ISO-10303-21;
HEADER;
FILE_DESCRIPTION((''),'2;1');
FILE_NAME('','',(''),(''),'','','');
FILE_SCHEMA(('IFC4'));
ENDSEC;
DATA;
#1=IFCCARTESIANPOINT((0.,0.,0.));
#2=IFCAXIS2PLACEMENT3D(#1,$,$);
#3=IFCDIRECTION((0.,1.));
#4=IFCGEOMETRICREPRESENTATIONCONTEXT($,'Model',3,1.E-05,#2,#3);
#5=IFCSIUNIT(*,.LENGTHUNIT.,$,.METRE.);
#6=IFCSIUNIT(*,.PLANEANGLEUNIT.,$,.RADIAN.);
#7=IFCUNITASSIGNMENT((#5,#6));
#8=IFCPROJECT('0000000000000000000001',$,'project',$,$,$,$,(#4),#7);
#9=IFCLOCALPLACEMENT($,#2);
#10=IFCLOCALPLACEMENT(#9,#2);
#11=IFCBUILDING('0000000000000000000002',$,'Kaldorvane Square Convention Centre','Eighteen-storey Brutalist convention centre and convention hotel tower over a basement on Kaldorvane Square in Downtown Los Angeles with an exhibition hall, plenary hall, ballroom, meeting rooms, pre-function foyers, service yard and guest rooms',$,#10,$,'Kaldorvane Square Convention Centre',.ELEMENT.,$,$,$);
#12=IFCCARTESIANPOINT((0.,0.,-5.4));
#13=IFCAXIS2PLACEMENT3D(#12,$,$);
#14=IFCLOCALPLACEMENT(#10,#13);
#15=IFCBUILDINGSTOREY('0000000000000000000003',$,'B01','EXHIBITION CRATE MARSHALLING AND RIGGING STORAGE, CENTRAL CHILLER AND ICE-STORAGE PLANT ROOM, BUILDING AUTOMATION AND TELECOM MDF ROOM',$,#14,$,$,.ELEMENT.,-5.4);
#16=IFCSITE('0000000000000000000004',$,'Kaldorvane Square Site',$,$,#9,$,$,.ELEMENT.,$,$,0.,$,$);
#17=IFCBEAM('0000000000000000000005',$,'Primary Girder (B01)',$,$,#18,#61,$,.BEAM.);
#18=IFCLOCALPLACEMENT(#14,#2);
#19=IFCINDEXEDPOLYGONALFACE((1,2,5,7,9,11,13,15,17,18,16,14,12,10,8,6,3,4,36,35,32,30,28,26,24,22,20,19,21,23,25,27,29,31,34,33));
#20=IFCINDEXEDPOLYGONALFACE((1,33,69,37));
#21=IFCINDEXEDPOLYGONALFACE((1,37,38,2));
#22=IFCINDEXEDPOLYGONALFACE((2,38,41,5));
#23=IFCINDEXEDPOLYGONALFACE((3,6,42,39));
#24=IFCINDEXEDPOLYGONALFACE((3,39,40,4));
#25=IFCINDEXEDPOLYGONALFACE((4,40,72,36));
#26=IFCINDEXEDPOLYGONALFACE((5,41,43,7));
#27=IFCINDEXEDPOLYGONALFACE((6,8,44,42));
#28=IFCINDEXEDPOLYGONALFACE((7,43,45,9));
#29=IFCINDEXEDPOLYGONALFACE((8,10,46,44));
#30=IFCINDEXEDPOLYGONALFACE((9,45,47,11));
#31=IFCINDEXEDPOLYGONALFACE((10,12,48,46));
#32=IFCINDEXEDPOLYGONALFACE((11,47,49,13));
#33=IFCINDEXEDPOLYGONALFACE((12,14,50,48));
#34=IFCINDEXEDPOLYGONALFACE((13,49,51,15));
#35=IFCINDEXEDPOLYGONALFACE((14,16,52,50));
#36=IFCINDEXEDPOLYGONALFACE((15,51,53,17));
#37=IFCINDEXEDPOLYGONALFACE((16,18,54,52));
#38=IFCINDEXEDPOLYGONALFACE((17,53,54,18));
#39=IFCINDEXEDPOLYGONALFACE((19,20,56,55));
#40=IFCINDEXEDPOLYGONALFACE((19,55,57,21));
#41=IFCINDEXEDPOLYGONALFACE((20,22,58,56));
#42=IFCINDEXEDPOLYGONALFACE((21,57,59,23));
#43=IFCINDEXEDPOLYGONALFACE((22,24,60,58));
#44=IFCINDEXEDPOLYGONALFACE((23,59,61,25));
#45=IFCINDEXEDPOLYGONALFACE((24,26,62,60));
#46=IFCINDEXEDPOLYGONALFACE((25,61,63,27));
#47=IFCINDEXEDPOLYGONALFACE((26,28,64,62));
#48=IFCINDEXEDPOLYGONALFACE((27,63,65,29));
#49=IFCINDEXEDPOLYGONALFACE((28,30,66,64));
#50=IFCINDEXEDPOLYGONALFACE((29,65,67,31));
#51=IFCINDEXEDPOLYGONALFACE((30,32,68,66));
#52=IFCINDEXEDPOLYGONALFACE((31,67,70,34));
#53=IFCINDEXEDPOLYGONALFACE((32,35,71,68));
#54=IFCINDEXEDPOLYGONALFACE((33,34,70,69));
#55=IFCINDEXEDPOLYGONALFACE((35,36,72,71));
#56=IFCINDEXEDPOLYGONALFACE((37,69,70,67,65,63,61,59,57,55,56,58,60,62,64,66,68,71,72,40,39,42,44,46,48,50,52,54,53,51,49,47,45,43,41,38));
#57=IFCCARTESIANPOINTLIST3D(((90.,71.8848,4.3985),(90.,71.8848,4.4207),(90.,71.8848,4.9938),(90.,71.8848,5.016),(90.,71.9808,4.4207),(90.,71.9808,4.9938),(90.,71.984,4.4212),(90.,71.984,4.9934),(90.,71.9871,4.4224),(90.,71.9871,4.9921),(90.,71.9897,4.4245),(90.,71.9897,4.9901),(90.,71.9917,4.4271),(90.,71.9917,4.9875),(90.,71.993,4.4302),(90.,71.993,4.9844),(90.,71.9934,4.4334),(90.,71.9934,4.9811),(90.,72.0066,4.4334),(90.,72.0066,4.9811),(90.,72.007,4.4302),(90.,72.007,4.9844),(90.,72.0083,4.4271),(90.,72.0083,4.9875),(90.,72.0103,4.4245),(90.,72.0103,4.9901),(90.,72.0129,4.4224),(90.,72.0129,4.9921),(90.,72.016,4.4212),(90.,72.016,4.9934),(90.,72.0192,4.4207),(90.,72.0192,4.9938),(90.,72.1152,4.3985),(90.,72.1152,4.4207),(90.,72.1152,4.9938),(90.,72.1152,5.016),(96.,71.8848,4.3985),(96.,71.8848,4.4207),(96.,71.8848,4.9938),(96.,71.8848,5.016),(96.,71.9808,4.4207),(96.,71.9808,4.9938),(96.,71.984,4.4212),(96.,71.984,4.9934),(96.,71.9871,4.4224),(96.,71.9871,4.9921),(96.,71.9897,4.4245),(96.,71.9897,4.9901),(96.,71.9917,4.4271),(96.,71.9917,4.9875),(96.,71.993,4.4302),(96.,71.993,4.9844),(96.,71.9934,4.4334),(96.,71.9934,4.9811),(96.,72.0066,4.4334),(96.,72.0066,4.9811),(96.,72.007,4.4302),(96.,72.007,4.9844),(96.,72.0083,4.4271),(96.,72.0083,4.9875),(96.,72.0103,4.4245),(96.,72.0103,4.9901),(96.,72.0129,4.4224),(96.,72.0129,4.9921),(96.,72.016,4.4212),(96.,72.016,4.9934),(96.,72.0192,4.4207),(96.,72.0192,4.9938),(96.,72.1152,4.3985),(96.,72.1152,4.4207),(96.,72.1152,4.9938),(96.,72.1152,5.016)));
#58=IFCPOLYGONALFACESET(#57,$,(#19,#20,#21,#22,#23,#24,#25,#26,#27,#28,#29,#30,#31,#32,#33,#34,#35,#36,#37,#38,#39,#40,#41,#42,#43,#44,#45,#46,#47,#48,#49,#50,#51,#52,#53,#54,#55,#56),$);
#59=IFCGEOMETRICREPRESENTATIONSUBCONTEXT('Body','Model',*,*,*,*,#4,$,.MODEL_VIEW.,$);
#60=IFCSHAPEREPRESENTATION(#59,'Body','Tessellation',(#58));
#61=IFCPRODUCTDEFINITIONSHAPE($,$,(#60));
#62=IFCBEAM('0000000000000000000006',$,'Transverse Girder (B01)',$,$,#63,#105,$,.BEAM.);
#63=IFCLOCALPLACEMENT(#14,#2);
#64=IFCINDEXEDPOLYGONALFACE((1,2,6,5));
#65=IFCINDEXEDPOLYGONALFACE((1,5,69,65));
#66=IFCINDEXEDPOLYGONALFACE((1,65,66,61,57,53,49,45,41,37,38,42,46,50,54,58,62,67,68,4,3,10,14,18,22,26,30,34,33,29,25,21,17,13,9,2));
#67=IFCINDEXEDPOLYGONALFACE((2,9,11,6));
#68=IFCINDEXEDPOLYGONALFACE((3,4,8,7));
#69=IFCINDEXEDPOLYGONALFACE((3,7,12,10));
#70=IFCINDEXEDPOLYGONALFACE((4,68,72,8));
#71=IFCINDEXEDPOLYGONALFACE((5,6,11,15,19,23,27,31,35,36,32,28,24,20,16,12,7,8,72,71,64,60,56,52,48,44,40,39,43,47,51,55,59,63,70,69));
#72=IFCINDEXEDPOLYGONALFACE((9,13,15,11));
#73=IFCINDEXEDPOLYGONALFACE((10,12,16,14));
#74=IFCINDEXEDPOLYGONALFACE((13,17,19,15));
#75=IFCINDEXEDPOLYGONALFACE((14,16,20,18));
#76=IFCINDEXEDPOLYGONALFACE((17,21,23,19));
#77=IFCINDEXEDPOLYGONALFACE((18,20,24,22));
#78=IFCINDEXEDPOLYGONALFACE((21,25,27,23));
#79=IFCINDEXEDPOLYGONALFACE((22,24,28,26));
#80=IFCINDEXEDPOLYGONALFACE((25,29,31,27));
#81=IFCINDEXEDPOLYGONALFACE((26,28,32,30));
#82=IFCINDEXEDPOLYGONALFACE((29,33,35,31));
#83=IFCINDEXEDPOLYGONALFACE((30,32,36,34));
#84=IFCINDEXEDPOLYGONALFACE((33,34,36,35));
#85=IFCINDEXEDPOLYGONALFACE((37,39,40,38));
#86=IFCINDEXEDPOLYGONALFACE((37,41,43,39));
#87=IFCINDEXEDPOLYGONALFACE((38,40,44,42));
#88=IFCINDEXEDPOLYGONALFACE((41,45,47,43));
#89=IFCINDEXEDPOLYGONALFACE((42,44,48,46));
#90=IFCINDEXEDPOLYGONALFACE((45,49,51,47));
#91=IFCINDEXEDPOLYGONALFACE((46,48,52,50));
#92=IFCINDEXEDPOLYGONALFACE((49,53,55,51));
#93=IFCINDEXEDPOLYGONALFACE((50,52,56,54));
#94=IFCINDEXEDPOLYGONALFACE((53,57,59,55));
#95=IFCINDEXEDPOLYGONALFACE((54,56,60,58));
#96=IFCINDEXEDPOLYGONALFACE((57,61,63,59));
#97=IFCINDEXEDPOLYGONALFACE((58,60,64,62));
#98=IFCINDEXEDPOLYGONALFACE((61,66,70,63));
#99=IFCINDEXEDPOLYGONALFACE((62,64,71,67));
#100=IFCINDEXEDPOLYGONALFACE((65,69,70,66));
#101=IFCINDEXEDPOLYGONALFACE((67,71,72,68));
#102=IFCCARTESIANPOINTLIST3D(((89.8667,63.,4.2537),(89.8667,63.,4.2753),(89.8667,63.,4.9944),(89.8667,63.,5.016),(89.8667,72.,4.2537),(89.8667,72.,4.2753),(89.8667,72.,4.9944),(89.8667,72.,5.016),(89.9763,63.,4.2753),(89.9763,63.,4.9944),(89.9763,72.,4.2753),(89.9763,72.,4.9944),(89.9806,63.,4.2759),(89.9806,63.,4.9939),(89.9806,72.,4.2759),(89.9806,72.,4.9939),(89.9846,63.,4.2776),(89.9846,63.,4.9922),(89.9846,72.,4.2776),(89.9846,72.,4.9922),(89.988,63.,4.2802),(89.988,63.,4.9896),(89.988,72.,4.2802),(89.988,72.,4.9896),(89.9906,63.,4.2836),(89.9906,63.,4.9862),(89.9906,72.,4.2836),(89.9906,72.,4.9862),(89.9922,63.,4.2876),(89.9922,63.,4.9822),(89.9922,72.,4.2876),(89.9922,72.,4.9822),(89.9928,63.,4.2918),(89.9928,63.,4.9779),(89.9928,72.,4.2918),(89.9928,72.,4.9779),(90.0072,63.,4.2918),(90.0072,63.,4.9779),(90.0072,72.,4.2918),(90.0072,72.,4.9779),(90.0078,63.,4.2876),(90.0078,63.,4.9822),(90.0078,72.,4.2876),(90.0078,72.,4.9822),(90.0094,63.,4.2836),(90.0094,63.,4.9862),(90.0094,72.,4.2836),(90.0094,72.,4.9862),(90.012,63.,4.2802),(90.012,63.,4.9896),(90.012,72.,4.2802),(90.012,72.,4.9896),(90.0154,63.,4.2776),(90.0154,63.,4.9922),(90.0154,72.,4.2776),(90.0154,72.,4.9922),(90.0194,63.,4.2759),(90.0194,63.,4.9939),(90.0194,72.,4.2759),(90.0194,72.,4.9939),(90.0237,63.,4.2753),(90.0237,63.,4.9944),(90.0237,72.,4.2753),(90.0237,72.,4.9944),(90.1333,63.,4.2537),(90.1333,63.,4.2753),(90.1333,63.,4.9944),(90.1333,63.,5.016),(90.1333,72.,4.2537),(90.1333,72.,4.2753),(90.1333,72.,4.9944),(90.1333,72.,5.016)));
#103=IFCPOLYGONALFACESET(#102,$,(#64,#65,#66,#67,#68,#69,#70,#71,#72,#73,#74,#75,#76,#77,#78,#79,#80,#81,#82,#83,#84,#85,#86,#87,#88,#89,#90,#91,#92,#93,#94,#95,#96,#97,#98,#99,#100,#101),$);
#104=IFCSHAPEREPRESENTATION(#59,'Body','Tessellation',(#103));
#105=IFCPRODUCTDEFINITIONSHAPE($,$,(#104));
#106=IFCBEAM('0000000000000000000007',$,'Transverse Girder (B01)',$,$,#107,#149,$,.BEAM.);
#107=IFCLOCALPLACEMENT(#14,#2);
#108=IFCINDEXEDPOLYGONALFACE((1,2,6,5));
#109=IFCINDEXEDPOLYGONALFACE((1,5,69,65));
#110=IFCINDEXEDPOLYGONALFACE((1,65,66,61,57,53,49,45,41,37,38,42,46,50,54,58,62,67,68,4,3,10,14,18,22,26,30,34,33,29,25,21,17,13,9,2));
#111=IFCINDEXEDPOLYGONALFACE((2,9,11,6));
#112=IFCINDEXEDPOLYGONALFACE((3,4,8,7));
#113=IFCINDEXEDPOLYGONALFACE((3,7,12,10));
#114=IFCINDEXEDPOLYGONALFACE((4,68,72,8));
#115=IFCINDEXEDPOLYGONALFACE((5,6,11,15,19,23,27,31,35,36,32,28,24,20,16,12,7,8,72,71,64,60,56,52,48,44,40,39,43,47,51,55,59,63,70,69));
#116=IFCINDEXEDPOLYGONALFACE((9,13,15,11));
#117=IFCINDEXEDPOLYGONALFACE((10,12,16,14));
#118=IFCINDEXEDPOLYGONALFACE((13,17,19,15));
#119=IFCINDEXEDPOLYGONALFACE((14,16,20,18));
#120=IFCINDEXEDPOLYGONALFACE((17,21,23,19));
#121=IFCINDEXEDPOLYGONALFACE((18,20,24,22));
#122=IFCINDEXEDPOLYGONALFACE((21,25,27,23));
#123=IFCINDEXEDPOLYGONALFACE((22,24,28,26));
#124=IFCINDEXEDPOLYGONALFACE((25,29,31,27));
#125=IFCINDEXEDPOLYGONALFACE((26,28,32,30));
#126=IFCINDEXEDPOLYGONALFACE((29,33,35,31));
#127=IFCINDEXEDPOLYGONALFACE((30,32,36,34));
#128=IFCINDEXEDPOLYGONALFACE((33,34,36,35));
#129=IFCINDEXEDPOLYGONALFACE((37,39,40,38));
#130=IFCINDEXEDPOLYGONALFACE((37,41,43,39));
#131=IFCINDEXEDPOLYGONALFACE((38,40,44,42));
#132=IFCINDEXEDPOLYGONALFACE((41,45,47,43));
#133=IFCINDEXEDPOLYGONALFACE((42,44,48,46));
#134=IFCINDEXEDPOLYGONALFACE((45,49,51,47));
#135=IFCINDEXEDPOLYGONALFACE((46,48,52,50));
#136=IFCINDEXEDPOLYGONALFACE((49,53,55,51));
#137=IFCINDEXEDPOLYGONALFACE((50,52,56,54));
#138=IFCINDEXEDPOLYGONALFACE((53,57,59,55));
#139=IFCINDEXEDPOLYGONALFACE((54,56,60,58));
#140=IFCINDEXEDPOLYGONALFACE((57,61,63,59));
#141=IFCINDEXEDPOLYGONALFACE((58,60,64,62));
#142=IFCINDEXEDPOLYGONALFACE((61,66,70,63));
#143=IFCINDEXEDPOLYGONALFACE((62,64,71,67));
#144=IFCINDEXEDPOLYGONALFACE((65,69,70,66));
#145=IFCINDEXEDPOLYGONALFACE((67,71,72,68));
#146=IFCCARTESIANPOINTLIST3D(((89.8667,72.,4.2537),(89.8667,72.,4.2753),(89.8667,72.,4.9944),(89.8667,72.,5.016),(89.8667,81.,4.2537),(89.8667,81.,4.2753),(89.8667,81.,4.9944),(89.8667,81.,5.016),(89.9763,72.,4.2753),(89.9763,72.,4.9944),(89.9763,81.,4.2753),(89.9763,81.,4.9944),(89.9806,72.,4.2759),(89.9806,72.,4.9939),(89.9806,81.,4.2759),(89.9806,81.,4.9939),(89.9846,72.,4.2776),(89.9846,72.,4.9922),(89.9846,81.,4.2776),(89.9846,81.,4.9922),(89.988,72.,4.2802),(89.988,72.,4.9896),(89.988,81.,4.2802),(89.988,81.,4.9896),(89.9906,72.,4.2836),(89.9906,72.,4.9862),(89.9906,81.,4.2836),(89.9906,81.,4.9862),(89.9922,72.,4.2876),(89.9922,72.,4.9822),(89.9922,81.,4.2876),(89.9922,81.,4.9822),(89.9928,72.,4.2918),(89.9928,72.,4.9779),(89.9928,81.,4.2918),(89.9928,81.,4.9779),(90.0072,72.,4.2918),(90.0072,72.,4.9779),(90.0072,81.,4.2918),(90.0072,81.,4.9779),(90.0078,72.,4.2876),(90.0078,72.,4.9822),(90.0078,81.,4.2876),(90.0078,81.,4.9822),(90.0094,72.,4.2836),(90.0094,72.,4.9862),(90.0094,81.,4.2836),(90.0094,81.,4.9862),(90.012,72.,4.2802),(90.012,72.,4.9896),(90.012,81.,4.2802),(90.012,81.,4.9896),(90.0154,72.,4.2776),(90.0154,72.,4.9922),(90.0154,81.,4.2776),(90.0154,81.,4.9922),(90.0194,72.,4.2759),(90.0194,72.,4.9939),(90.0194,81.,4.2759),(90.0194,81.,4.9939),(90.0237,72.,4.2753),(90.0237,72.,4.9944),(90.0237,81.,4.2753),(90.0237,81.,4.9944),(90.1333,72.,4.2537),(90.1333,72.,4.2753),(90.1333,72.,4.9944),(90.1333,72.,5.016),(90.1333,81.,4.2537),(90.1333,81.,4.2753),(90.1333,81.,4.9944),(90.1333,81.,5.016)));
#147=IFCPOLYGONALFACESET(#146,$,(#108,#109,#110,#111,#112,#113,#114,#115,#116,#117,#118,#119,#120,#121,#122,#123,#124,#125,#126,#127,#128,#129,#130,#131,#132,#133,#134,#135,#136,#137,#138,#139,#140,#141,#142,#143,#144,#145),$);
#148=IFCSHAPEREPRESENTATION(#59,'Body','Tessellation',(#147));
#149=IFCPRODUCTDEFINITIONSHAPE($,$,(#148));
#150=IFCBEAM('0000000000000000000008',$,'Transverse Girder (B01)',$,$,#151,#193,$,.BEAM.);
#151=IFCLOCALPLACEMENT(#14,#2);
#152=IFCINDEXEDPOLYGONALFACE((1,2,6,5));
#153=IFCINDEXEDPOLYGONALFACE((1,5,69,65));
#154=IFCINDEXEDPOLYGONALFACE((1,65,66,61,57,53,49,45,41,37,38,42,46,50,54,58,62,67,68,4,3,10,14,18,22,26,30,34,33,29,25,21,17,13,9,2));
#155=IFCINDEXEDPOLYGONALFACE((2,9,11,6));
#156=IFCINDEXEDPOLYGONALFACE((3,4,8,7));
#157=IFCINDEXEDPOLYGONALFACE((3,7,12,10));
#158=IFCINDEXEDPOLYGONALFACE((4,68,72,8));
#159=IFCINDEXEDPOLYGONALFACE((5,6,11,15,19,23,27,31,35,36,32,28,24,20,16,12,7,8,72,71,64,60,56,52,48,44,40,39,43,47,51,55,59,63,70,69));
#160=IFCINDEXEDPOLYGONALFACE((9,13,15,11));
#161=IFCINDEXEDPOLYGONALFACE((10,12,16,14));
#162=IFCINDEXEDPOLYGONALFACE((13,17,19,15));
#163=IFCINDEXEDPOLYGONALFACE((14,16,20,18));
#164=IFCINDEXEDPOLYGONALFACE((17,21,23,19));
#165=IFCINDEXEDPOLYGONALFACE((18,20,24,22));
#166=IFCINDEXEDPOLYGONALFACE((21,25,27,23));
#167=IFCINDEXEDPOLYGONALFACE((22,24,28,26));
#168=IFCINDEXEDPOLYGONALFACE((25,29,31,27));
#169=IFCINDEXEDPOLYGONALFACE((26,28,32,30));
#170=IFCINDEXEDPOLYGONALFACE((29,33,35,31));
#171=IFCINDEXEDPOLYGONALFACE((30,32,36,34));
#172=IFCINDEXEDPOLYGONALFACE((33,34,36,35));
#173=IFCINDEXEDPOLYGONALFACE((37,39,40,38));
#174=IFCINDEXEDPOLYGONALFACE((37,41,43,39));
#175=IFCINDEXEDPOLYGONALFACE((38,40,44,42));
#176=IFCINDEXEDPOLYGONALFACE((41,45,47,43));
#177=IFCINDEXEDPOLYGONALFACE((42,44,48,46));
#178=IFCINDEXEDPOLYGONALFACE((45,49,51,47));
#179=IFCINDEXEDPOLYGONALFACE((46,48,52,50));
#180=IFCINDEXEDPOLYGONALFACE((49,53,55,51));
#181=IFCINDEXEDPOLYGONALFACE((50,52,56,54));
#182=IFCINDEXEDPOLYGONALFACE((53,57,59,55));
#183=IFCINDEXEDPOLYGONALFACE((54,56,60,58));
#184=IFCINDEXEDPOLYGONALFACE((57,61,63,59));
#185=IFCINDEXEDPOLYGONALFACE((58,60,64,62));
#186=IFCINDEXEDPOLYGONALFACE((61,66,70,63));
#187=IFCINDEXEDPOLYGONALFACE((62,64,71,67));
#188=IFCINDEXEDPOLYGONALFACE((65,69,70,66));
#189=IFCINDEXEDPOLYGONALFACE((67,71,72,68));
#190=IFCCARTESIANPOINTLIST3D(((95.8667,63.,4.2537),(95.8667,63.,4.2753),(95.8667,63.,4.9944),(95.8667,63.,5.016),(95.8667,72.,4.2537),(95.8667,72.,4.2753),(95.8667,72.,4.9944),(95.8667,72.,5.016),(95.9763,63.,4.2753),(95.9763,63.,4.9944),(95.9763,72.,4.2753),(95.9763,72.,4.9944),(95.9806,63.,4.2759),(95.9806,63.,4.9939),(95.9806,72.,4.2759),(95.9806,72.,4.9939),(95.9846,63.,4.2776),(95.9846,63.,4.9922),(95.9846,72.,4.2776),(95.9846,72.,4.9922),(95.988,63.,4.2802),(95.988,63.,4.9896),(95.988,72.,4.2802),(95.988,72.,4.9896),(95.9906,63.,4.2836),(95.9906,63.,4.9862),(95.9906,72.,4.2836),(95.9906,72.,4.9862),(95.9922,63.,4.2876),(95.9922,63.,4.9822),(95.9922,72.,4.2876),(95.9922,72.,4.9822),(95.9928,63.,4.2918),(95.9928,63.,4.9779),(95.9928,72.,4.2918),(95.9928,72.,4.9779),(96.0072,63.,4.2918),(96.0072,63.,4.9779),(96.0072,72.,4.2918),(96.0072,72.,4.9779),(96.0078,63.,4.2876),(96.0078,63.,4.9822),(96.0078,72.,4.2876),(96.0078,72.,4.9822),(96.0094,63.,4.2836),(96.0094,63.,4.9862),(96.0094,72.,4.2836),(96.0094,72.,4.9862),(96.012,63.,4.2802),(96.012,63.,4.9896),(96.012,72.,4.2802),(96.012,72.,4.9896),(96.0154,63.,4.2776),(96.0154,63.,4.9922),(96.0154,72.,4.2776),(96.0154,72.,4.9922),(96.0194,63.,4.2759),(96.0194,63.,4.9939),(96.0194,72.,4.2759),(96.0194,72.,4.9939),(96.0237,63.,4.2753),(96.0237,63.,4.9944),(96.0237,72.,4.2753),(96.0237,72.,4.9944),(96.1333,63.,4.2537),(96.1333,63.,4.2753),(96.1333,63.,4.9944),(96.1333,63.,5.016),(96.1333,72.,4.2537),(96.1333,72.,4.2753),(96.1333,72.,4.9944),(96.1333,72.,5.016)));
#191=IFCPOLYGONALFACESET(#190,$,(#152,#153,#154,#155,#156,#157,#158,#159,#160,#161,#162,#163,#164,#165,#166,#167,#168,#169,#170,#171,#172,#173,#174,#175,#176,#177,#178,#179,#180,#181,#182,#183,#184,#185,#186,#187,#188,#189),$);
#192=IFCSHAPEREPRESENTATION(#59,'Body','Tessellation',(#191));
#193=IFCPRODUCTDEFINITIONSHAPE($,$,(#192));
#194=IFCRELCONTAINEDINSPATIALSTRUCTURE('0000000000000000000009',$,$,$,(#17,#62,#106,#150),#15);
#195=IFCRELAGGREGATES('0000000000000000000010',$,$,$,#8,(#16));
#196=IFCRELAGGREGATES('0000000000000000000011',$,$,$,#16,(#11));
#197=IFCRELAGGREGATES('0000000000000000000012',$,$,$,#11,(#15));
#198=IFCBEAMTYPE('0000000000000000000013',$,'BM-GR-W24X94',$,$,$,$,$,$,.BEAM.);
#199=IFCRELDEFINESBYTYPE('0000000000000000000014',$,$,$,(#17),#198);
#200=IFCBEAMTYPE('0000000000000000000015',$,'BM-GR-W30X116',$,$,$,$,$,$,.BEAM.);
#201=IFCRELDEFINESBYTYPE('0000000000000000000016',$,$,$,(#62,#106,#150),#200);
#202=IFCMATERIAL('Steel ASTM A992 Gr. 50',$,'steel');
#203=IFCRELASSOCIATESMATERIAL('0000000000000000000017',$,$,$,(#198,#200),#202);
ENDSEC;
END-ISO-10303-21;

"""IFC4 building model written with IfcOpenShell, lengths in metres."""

from ifc_helpers import new_model, si_unit, direction, frame, origin, origin_2d, place, context, subcontext, project, spatial, i_section, extrude, material, material_profile, profile_set, type_object, element, save


model = new_model("IFC4")

# Units and contexts
model_context = context("Model", 3, precision=1e-05, world=origin(), true_north=direction((0.0, 1.0)))
body_context = subcontext(model_context, "Body", "Model", "MODEL_VIEW")
ifc_project = project(units=[si_unit("LENGTHUNIT", "METRE"), si_unit("PLANEANGLEUNIT", "RADIAN")], contexts=[model_context])

# Site, building, storey
site_placement = place(None, origin())
site = spatial("IfcSite", under=ifc_project, at=site_placement, Name="Kaldorvane Square Site", CompositionType="ELEMENT", RefElevation=0.0)
building_placement = place(site_placement, origin())
building = spatial("IfcBuilding", under=site, at=building_placement, Name="Kaldorvane Square Convention Centre", Description="Eighteen-storey Brutalist convention centre and convention hotel tower over a basement on Kaldorvane Square in Downtown Los Angeles with an exhibition hall, plenary hall, ballroom, meeting rooms, pre-function foyers, service yard and guest rooms", LongName="Kaldorvane Square Convention Centre", CompositionType="ELEMENT")
storey_placement = place(building_placement, frame((0.0, 0.0, -5.4)))
storey = spatial("IfcBuildingStorey", under=building, at=storey_placement, Name="B01", Description="EXHIBITION CRATE MARSHALLING AND RIGGING STORAGE, CENTRAL CHILLER AND ICE-STORAGE PLANT ROOM, BUILDING AUTOMATION AND TELECOM MDF ROOM", CompositionType="ELEMENT", Elevation=-5.4)

# Shared definitions
ifc_material_1 = material(Name="Steel ASTM A992 Gr. 50", Category="steel")

# Beams
ifc_material_profile_1 = material_profile(ifc_material_1, i_section(OverallWidth=0.2303, OverallDepth=0.6175, WebThickness=0.0131, FlangeThickness=0.0222, FilletRadius=0.0127, at=origin_2d()), Name="W24X94")
ifc_profile_set_1 = profile_set([ifc_material_profile_1], Name="Steel ASTM A992 Gr. 50")
beam_type_1 = type_object("IfcBeamType", Name="BM-GR-W24X94", PredefinedType="BEAM", material=ifc_profile_set_1)
for number, where, z_axis, x_axis, name in (
    (1, (90.0, 72.0, 4.7073), (1.0, 0.0, 0.0), (0.0, 1.0, 0.0), "Primary Girder (B01)"),
):
    element("IfcBeam", number, at=place(storey_placement, frame(where, z_axis=z_axis, x_axis=x_axis)), inside=storey, type_object=beam_type_1, Name=name, PredefinedType="BEAM", context=body_context, shape_type="SweptSolid", body=[
        extrude(i_section(OverallWidth=0.2303, OverallDepth=0.6175, WebThickness=0.0131, FlangeThickness=0.0222, FilletRadius=0.0127, at=origin_2d()), origin(), (0.0, 0.0, 1.0), 6.0),
    ])
ifc_material_profile_2 = material_profile(ifc_material_1, i_section(OverallWidth=0.2666, OverallDepth=0.7623, WebThickness=0.0144, FlangeThickness=0.0216, FilletRadius=0.0165, at=origin_2d()), Name="W30X116")
ifc_profile_set_2 = profile_set([ifc_material_profile_2], Name="Steel ASTM A992 Gr. 50")
beam_type_2 = type_object("IfcBeamType", Name="BM-GR-W30X116", PredefinedType="BEAM", material=ifc_profile_set_2)
for number, where, z_axis, x_axis, name in (
    (2, (90.0, 63.0, 4.6349), (0.0, 1.0, 0.0), (-1.0, 0.0, 0.0), "Transverse Girder (B01)"),
    (3, (90.0, 72.0, 4.6349), (0.0, 1.0, 0.0), (-1.0, 0.0, 0.0), "Transverse Girder (B01)"),
    (4, (96.0, 63.0, 4.6349), (0.0, 1.0, 0.0), (-1.0, 0.0, 0.0), "Transverse Girder (B01)"),
):
    element("IfcBeam", number, at=place(storey_placement, frame(where, z_axis=z_axis, x_axis=x_axis)), inside=storey, type_object=beam_type_2, Name=name, PredefinedType="BEAM", context=body_context, shape_type="SweptSolid", body=[
        extrude(i_section(OverallWidth=0.2666, OverallDepth=0.7623, WebThickness=0.0144, FlangeThickness=0.0216, FilletRadius=0.0165, at=origin_2d()), origin(), (0.0, 0.0, 1.0), 9.0),
    ])

save(model, "model.ifc")
